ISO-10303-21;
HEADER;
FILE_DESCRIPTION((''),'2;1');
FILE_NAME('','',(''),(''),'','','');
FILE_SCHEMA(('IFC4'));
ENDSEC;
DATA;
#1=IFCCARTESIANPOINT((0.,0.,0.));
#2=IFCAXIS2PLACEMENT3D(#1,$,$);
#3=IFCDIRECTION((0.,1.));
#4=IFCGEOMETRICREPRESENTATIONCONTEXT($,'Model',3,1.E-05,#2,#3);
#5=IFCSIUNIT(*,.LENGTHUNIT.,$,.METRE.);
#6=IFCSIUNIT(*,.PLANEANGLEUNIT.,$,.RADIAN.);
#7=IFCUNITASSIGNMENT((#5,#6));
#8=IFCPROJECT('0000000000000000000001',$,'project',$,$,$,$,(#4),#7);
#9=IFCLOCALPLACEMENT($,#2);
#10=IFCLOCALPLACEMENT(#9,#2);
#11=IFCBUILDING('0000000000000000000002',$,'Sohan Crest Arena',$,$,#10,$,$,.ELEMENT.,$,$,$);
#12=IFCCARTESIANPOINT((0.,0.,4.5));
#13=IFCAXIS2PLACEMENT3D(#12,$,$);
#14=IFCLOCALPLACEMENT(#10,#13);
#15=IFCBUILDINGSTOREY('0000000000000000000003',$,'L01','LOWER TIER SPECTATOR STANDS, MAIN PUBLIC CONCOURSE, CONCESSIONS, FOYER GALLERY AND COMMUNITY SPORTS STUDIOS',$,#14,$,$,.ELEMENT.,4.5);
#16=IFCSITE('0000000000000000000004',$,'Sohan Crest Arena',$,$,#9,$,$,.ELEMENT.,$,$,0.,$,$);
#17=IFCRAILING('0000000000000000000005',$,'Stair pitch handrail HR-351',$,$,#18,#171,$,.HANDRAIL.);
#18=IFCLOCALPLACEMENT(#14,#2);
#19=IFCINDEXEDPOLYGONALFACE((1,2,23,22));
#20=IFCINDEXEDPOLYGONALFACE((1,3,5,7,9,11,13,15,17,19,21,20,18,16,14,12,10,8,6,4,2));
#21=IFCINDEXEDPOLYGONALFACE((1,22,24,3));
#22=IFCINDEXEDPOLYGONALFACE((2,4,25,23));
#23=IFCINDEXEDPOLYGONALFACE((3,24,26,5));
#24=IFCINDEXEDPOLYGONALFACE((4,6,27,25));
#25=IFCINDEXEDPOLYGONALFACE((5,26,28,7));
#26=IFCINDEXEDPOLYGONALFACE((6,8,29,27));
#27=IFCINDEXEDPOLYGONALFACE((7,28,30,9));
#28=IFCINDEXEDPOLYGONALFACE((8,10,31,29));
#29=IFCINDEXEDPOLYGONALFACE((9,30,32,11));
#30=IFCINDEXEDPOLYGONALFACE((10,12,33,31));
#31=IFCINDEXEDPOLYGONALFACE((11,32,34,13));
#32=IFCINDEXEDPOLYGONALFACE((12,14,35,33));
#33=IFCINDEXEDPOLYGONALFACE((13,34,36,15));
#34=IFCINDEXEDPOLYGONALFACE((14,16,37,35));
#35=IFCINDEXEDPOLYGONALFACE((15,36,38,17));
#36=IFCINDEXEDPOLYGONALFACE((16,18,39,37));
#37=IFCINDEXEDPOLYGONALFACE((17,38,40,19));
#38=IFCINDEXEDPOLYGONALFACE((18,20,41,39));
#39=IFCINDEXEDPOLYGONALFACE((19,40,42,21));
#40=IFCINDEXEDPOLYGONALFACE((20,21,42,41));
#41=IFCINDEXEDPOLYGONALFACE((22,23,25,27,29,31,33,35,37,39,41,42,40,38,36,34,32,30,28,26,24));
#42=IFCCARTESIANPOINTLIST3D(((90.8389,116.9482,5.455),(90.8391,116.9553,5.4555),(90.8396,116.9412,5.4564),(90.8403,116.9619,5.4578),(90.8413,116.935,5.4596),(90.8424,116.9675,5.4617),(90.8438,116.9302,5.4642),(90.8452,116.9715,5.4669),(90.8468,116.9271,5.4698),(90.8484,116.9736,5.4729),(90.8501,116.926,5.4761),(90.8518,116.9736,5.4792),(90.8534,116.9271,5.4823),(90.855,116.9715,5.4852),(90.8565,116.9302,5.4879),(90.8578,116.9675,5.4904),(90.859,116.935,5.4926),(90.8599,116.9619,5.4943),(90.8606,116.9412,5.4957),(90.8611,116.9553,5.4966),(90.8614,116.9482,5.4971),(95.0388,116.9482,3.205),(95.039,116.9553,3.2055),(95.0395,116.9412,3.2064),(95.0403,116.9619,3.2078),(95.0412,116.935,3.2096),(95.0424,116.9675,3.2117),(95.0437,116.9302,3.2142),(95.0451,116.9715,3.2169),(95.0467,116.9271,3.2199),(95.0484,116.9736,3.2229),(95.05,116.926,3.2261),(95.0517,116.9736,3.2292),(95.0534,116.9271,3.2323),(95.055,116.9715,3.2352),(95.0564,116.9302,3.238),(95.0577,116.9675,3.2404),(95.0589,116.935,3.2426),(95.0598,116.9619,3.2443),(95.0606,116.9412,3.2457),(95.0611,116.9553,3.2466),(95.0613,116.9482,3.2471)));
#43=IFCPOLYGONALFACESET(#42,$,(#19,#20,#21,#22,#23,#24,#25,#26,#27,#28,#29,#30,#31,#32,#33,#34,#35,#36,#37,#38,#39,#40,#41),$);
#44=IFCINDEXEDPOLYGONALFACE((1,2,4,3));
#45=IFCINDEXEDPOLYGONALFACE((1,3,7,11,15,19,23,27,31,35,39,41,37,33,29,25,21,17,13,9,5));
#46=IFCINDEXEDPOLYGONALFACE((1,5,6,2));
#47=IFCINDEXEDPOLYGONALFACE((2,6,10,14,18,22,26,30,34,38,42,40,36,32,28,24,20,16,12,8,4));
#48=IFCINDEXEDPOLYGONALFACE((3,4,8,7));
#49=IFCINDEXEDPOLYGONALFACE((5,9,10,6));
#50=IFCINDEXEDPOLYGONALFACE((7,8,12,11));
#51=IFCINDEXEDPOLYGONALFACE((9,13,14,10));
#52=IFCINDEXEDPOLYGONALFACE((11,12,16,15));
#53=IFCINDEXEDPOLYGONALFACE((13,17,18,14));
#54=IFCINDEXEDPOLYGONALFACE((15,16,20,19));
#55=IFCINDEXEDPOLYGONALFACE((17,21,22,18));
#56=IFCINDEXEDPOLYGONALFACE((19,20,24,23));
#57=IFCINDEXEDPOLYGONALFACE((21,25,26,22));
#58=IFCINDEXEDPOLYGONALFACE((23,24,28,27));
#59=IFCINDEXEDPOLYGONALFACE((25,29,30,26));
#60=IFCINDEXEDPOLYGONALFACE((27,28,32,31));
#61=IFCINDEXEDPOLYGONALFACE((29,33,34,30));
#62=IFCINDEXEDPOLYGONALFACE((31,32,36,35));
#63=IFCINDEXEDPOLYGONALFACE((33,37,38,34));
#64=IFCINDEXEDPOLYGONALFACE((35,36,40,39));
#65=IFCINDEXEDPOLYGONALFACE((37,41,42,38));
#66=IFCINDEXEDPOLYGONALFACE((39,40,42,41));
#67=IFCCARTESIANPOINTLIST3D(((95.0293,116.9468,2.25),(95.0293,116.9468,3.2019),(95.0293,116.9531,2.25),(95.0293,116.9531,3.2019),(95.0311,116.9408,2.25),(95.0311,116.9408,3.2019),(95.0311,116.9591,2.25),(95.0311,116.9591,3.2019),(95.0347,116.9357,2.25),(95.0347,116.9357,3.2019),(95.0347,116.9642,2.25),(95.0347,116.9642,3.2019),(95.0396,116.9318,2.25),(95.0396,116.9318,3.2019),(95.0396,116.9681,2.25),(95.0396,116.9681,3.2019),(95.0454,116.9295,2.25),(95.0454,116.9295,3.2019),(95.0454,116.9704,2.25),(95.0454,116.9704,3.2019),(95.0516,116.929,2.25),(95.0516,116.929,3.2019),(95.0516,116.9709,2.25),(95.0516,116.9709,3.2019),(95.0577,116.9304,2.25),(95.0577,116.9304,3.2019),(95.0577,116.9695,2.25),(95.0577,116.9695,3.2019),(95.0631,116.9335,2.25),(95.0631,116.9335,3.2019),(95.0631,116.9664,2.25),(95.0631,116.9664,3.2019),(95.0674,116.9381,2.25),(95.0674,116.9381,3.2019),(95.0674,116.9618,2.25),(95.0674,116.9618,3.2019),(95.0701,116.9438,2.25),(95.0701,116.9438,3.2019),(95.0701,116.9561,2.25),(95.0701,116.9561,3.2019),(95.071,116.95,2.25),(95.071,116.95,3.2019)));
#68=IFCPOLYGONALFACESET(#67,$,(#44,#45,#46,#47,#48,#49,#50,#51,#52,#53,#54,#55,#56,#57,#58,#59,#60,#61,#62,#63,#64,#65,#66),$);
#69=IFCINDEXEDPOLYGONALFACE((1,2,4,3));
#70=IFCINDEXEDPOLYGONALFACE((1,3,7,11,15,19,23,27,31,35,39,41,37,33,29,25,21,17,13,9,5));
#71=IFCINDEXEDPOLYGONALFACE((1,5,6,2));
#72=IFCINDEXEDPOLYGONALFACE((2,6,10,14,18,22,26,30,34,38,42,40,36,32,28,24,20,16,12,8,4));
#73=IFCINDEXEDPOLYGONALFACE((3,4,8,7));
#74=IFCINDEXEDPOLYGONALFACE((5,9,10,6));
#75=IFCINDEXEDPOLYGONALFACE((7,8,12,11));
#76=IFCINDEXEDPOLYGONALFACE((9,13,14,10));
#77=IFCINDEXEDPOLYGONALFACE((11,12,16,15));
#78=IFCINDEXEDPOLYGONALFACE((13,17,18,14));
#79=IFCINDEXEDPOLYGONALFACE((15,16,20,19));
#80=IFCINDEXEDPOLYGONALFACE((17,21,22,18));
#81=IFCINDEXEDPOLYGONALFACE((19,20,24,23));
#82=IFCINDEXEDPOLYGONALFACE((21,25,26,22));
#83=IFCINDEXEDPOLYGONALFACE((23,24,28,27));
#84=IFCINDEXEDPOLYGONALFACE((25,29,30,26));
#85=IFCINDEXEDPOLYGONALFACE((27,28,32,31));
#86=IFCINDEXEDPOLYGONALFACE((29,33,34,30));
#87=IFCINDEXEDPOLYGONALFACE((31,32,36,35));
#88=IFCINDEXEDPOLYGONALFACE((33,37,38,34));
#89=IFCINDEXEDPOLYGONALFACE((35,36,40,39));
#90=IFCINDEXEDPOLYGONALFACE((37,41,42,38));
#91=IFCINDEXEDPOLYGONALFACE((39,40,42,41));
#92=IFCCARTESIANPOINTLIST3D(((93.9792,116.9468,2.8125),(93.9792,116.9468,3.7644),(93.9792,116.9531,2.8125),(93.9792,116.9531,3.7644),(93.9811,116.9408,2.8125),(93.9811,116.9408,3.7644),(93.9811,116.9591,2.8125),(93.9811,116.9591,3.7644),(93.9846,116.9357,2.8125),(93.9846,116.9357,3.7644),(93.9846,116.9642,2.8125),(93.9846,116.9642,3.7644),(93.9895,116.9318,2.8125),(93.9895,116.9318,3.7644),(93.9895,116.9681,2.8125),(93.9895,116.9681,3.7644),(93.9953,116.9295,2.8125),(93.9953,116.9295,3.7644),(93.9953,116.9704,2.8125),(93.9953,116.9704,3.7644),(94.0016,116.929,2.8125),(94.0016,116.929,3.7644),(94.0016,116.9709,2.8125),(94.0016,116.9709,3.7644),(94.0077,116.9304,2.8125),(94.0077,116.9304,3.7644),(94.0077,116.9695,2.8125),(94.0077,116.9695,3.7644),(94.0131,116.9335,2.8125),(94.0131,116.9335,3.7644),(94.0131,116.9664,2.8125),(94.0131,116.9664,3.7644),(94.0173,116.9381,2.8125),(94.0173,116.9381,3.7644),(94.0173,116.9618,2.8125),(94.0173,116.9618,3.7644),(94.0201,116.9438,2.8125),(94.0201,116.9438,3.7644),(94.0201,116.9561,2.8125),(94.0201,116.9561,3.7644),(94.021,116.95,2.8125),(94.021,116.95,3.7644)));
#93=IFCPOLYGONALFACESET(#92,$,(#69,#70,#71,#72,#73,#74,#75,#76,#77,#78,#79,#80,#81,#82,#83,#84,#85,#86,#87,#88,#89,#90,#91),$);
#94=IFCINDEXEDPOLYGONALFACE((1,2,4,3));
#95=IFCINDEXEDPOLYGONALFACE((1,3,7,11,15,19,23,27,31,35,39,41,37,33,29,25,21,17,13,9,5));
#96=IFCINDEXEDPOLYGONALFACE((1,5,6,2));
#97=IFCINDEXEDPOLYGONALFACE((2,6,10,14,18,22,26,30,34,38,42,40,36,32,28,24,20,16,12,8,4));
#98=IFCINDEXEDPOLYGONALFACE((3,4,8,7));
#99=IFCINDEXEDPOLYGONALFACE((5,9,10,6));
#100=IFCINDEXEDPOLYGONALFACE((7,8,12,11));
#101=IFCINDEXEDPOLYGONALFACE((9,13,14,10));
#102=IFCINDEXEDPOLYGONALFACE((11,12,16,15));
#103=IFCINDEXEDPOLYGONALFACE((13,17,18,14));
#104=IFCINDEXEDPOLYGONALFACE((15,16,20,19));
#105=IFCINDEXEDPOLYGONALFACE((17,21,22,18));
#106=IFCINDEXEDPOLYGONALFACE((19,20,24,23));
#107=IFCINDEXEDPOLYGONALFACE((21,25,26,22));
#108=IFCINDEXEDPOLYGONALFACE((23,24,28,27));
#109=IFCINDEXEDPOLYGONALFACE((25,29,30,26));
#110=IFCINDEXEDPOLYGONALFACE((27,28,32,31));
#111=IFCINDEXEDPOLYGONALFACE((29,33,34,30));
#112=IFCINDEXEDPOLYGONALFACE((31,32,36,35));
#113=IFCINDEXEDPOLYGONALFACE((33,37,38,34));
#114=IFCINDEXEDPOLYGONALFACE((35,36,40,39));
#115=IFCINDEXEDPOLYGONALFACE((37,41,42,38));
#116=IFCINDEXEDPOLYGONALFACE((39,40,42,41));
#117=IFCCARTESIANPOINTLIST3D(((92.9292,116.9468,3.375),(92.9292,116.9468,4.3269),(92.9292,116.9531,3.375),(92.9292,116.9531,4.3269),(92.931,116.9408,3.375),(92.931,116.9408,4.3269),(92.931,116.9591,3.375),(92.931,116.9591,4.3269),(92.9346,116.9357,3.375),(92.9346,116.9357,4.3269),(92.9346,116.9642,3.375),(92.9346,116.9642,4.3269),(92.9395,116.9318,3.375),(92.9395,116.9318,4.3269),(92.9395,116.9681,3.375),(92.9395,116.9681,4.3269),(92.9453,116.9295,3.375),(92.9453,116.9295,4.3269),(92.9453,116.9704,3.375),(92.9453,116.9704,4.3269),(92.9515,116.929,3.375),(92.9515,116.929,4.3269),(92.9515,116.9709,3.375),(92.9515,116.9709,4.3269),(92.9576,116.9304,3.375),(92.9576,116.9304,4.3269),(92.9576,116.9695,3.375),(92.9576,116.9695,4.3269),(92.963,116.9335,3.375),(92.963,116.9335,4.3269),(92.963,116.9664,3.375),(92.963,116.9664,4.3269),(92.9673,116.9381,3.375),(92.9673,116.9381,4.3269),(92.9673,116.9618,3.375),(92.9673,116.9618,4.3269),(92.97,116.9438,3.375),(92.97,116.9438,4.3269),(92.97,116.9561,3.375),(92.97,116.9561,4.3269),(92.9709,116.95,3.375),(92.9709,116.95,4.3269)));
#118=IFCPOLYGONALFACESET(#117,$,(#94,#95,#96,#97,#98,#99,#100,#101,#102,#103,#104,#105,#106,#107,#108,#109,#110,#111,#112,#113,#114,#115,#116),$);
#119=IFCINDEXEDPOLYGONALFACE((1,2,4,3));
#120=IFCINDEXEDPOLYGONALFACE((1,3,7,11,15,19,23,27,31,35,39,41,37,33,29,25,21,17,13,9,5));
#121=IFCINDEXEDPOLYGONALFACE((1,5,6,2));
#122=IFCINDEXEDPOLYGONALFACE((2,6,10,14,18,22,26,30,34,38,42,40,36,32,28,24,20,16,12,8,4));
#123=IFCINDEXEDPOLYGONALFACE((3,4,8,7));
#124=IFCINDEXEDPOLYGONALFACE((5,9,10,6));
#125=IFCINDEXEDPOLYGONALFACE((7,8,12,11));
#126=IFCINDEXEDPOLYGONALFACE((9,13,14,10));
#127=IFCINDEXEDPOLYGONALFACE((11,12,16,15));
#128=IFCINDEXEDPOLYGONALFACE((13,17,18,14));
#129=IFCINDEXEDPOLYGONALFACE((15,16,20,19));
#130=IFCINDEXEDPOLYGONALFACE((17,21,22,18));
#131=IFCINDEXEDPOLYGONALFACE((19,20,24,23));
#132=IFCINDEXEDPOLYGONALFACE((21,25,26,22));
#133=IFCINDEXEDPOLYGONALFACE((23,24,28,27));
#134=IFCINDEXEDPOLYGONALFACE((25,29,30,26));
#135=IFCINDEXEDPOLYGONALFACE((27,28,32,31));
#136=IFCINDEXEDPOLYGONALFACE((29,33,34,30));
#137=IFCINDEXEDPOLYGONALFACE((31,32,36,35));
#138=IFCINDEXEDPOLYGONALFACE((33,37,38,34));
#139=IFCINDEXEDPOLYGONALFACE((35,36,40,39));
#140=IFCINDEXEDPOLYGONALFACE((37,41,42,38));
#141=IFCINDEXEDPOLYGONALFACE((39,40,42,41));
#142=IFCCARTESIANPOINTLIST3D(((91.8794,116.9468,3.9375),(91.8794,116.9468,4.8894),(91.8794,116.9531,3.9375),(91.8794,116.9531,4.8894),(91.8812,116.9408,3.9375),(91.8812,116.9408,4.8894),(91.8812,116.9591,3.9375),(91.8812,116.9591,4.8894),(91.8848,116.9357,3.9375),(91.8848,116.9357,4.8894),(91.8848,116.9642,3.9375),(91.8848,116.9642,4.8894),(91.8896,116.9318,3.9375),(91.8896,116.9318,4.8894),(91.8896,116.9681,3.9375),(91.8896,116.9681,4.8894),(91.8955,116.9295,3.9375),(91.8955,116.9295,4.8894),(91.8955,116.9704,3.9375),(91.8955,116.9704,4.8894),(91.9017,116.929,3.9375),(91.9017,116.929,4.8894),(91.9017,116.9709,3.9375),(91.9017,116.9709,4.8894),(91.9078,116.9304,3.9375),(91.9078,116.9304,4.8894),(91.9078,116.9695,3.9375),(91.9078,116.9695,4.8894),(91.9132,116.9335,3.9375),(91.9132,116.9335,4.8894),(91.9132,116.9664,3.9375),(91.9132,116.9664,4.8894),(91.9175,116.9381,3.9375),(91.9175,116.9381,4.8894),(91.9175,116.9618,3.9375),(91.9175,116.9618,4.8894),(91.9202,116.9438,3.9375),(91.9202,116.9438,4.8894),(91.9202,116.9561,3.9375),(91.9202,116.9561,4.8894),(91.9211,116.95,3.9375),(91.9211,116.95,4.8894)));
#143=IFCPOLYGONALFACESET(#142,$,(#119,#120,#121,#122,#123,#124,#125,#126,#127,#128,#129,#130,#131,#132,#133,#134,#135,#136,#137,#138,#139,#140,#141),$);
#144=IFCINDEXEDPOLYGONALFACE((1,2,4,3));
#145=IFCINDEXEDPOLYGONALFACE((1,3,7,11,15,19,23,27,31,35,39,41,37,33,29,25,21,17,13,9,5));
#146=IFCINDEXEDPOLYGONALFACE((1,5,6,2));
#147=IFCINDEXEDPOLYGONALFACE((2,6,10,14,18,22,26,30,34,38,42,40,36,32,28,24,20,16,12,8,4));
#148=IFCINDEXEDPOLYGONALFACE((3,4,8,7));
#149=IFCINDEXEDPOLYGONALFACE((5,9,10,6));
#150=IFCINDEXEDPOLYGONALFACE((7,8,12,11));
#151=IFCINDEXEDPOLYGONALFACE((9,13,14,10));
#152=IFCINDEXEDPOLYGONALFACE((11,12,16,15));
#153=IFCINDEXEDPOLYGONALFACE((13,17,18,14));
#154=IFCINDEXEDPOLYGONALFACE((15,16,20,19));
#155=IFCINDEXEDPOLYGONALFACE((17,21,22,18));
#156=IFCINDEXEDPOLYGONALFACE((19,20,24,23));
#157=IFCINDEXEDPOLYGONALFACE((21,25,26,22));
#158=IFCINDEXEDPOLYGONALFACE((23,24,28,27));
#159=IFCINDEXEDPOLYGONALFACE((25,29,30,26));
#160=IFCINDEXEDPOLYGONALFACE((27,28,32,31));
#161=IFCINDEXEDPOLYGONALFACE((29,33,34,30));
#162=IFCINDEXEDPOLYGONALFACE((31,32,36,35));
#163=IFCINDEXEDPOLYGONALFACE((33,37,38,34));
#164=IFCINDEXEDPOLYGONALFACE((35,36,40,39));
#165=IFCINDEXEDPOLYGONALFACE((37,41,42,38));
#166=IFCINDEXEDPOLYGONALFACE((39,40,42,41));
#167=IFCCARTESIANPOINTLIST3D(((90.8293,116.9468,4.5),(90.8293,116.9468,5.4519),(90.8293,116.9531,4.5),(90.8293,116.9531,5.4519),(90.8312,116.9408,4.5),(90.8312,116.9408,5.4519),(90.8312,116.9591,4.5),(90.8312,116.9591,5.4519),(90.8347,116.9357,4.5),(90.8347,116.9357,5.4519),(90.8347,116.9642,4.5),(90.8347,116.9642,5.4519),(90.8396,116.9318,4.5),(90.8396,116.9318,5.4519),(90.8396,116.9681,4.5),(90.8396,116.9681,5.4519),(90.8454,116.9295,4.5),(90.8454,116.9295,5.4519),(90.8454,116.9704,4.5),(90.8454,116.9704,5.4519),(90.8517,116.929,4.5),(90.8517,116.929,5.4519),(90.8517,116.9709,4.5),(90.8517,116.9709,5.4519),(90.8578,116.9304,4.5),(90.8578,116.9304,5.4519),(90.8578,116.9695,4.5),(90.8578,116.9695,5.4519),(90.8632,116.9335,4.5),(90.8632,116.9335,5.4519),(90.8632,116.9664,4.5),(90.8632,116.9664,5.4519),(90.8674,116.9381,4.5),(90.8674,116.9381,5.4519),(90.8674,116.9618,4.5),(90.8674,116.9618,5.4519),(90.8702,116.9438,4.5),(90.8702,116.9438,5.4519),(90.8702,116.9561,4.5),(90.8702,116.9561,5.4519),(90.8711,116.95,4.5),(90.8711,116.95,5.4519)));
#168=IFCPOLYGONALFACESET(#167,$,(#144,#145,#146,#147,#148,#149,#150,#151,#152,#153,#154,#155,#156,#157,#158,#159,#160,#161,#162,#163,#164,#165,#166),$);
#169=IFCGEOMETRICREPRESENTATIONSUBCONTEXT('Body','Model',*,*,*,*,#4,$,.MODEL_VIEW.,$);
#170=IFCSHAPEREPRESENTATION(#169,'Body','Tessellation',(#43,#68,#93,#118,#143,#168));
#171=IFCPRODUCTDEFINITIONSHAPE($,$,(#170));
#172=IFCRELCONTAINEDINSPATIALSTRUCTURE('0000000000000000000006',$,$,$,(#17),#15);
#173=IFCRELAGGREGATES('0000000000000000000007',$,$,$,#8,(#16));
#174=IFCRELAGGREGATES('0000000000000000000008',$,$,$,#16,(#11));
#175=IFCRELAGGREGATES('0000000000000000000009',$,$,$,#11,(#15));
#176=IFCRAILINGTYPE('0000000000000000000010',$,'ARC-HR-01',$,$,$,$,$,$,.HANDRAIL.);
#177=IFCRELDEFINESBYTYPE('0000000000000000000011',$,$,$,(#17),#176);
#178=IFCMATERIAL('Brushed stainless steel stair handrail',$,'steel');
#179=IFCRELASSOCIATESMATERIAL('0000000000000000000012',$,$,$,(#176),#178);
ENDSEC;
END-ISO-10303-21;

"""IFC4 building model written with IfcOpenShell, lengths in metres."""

from ifc_helpers import new_model, si_unit, direction, frame, origin, origin_2d, place, context, subcontext, project, spatial, circle, extrude, material, type_object, element, save


model = new_model("IFC4")

# Units and contexts
model_context = context("Model", 3, precision=1e-05, world=origin(), true_north=direction((0.0, 1.0)))
body_context = subcontext(model_context, "Body", "Model", "MODEL_VIEW")
ifc_project = project(units=[si_unit("LENGTHUNIT", "METRE"), si_unit("PLANEANGLEUNIT", "RADIAN")], contexts=[model_context])

# Site, building, storey
site_placement = place(None, origin())
site = spatial("IfcSite", under=ifc_project, at=site_placement, Name="Sohan Crest Arena", CompositionType="ELEMENT", RefElevation=0.0)
building_placement = place(site_placement, origin())
building = spatial("IfcBuilding", under=site, at=building_placement, Name="Sohan Crest Arena", CompositionType="ELEMENT")
storey_placement = place(building_placement, frame((0.0, 0.0, 4.5)))
storey = spatial("IfcBuildingStorey", under=building, at=storey_placement, Name="L01", Description="LOWER TIER SPECTATOR STANDS, MAIN PUBLIC CONCOURSE, CONCESSIONS, FOYER GALLERY AND COMMUNITY SPORTS STUDIOS", CompositionType="ELEMENT", Elevation=4.5)

# Railing
ifc_material_1 = material(Name="Brushed stainless steel stair handrail", Category="steel")
railing_type_1 = type_object("IfcRailingType", Name="ARC-HR-01", PredefinedType="HANDRAIL", material=ifc_material_1)
railing_1_placement = place(storey_placement, frame((95.05, 116.95, 2.25)))
element("IfcRailing", 1, at=railing_1_placement, inside=storey, type_object=railing_type_1, Name="Stair pitch handrail HR-351", PredefinedType="HANDRAIL", context=body_context, shape_type="SweptSolid", body=[
    extrude(circle(Radius=0.0239, at=origin_2d()), frame((0.0, 0.0, 0.9761), z_axis=(-0.881478, 0.0, 0.472226), x_axis=(0.0, -1.0, 0.0)), (0.0, 0.0, 1.0), 4.7646),
    extrude(circle(Radius=0.021, at=origin_2d()), origin(), (0.0, 0.0, 1.0), 0.9519),
    extrude(circle(Radius=0.021, at=origin_2d()), frame((-1.05, 0.0, 0.5625)), (0.0, 0.0, 1.0), 0.9519),
    extrude(circle(Radius=0.021, at=origin_2d()), frame((-2.1001, 0.0, 1.125)), (0.0, 0.0, 1.0), 0.9519),
    extrude(circle(Radius=0.021, at=origin_2d()), frame((-3.1499, 0.0, 1.6875)), (0.0, 0.0, 1.0), 0.9519),
    extrude(circle(Radius=0.021, at=origin_2d()), frame((-4.2, 0.0, 2.25)), (0.0, 0.0, 1.0), 0.9519),
])

save(model, "model.ifc")
